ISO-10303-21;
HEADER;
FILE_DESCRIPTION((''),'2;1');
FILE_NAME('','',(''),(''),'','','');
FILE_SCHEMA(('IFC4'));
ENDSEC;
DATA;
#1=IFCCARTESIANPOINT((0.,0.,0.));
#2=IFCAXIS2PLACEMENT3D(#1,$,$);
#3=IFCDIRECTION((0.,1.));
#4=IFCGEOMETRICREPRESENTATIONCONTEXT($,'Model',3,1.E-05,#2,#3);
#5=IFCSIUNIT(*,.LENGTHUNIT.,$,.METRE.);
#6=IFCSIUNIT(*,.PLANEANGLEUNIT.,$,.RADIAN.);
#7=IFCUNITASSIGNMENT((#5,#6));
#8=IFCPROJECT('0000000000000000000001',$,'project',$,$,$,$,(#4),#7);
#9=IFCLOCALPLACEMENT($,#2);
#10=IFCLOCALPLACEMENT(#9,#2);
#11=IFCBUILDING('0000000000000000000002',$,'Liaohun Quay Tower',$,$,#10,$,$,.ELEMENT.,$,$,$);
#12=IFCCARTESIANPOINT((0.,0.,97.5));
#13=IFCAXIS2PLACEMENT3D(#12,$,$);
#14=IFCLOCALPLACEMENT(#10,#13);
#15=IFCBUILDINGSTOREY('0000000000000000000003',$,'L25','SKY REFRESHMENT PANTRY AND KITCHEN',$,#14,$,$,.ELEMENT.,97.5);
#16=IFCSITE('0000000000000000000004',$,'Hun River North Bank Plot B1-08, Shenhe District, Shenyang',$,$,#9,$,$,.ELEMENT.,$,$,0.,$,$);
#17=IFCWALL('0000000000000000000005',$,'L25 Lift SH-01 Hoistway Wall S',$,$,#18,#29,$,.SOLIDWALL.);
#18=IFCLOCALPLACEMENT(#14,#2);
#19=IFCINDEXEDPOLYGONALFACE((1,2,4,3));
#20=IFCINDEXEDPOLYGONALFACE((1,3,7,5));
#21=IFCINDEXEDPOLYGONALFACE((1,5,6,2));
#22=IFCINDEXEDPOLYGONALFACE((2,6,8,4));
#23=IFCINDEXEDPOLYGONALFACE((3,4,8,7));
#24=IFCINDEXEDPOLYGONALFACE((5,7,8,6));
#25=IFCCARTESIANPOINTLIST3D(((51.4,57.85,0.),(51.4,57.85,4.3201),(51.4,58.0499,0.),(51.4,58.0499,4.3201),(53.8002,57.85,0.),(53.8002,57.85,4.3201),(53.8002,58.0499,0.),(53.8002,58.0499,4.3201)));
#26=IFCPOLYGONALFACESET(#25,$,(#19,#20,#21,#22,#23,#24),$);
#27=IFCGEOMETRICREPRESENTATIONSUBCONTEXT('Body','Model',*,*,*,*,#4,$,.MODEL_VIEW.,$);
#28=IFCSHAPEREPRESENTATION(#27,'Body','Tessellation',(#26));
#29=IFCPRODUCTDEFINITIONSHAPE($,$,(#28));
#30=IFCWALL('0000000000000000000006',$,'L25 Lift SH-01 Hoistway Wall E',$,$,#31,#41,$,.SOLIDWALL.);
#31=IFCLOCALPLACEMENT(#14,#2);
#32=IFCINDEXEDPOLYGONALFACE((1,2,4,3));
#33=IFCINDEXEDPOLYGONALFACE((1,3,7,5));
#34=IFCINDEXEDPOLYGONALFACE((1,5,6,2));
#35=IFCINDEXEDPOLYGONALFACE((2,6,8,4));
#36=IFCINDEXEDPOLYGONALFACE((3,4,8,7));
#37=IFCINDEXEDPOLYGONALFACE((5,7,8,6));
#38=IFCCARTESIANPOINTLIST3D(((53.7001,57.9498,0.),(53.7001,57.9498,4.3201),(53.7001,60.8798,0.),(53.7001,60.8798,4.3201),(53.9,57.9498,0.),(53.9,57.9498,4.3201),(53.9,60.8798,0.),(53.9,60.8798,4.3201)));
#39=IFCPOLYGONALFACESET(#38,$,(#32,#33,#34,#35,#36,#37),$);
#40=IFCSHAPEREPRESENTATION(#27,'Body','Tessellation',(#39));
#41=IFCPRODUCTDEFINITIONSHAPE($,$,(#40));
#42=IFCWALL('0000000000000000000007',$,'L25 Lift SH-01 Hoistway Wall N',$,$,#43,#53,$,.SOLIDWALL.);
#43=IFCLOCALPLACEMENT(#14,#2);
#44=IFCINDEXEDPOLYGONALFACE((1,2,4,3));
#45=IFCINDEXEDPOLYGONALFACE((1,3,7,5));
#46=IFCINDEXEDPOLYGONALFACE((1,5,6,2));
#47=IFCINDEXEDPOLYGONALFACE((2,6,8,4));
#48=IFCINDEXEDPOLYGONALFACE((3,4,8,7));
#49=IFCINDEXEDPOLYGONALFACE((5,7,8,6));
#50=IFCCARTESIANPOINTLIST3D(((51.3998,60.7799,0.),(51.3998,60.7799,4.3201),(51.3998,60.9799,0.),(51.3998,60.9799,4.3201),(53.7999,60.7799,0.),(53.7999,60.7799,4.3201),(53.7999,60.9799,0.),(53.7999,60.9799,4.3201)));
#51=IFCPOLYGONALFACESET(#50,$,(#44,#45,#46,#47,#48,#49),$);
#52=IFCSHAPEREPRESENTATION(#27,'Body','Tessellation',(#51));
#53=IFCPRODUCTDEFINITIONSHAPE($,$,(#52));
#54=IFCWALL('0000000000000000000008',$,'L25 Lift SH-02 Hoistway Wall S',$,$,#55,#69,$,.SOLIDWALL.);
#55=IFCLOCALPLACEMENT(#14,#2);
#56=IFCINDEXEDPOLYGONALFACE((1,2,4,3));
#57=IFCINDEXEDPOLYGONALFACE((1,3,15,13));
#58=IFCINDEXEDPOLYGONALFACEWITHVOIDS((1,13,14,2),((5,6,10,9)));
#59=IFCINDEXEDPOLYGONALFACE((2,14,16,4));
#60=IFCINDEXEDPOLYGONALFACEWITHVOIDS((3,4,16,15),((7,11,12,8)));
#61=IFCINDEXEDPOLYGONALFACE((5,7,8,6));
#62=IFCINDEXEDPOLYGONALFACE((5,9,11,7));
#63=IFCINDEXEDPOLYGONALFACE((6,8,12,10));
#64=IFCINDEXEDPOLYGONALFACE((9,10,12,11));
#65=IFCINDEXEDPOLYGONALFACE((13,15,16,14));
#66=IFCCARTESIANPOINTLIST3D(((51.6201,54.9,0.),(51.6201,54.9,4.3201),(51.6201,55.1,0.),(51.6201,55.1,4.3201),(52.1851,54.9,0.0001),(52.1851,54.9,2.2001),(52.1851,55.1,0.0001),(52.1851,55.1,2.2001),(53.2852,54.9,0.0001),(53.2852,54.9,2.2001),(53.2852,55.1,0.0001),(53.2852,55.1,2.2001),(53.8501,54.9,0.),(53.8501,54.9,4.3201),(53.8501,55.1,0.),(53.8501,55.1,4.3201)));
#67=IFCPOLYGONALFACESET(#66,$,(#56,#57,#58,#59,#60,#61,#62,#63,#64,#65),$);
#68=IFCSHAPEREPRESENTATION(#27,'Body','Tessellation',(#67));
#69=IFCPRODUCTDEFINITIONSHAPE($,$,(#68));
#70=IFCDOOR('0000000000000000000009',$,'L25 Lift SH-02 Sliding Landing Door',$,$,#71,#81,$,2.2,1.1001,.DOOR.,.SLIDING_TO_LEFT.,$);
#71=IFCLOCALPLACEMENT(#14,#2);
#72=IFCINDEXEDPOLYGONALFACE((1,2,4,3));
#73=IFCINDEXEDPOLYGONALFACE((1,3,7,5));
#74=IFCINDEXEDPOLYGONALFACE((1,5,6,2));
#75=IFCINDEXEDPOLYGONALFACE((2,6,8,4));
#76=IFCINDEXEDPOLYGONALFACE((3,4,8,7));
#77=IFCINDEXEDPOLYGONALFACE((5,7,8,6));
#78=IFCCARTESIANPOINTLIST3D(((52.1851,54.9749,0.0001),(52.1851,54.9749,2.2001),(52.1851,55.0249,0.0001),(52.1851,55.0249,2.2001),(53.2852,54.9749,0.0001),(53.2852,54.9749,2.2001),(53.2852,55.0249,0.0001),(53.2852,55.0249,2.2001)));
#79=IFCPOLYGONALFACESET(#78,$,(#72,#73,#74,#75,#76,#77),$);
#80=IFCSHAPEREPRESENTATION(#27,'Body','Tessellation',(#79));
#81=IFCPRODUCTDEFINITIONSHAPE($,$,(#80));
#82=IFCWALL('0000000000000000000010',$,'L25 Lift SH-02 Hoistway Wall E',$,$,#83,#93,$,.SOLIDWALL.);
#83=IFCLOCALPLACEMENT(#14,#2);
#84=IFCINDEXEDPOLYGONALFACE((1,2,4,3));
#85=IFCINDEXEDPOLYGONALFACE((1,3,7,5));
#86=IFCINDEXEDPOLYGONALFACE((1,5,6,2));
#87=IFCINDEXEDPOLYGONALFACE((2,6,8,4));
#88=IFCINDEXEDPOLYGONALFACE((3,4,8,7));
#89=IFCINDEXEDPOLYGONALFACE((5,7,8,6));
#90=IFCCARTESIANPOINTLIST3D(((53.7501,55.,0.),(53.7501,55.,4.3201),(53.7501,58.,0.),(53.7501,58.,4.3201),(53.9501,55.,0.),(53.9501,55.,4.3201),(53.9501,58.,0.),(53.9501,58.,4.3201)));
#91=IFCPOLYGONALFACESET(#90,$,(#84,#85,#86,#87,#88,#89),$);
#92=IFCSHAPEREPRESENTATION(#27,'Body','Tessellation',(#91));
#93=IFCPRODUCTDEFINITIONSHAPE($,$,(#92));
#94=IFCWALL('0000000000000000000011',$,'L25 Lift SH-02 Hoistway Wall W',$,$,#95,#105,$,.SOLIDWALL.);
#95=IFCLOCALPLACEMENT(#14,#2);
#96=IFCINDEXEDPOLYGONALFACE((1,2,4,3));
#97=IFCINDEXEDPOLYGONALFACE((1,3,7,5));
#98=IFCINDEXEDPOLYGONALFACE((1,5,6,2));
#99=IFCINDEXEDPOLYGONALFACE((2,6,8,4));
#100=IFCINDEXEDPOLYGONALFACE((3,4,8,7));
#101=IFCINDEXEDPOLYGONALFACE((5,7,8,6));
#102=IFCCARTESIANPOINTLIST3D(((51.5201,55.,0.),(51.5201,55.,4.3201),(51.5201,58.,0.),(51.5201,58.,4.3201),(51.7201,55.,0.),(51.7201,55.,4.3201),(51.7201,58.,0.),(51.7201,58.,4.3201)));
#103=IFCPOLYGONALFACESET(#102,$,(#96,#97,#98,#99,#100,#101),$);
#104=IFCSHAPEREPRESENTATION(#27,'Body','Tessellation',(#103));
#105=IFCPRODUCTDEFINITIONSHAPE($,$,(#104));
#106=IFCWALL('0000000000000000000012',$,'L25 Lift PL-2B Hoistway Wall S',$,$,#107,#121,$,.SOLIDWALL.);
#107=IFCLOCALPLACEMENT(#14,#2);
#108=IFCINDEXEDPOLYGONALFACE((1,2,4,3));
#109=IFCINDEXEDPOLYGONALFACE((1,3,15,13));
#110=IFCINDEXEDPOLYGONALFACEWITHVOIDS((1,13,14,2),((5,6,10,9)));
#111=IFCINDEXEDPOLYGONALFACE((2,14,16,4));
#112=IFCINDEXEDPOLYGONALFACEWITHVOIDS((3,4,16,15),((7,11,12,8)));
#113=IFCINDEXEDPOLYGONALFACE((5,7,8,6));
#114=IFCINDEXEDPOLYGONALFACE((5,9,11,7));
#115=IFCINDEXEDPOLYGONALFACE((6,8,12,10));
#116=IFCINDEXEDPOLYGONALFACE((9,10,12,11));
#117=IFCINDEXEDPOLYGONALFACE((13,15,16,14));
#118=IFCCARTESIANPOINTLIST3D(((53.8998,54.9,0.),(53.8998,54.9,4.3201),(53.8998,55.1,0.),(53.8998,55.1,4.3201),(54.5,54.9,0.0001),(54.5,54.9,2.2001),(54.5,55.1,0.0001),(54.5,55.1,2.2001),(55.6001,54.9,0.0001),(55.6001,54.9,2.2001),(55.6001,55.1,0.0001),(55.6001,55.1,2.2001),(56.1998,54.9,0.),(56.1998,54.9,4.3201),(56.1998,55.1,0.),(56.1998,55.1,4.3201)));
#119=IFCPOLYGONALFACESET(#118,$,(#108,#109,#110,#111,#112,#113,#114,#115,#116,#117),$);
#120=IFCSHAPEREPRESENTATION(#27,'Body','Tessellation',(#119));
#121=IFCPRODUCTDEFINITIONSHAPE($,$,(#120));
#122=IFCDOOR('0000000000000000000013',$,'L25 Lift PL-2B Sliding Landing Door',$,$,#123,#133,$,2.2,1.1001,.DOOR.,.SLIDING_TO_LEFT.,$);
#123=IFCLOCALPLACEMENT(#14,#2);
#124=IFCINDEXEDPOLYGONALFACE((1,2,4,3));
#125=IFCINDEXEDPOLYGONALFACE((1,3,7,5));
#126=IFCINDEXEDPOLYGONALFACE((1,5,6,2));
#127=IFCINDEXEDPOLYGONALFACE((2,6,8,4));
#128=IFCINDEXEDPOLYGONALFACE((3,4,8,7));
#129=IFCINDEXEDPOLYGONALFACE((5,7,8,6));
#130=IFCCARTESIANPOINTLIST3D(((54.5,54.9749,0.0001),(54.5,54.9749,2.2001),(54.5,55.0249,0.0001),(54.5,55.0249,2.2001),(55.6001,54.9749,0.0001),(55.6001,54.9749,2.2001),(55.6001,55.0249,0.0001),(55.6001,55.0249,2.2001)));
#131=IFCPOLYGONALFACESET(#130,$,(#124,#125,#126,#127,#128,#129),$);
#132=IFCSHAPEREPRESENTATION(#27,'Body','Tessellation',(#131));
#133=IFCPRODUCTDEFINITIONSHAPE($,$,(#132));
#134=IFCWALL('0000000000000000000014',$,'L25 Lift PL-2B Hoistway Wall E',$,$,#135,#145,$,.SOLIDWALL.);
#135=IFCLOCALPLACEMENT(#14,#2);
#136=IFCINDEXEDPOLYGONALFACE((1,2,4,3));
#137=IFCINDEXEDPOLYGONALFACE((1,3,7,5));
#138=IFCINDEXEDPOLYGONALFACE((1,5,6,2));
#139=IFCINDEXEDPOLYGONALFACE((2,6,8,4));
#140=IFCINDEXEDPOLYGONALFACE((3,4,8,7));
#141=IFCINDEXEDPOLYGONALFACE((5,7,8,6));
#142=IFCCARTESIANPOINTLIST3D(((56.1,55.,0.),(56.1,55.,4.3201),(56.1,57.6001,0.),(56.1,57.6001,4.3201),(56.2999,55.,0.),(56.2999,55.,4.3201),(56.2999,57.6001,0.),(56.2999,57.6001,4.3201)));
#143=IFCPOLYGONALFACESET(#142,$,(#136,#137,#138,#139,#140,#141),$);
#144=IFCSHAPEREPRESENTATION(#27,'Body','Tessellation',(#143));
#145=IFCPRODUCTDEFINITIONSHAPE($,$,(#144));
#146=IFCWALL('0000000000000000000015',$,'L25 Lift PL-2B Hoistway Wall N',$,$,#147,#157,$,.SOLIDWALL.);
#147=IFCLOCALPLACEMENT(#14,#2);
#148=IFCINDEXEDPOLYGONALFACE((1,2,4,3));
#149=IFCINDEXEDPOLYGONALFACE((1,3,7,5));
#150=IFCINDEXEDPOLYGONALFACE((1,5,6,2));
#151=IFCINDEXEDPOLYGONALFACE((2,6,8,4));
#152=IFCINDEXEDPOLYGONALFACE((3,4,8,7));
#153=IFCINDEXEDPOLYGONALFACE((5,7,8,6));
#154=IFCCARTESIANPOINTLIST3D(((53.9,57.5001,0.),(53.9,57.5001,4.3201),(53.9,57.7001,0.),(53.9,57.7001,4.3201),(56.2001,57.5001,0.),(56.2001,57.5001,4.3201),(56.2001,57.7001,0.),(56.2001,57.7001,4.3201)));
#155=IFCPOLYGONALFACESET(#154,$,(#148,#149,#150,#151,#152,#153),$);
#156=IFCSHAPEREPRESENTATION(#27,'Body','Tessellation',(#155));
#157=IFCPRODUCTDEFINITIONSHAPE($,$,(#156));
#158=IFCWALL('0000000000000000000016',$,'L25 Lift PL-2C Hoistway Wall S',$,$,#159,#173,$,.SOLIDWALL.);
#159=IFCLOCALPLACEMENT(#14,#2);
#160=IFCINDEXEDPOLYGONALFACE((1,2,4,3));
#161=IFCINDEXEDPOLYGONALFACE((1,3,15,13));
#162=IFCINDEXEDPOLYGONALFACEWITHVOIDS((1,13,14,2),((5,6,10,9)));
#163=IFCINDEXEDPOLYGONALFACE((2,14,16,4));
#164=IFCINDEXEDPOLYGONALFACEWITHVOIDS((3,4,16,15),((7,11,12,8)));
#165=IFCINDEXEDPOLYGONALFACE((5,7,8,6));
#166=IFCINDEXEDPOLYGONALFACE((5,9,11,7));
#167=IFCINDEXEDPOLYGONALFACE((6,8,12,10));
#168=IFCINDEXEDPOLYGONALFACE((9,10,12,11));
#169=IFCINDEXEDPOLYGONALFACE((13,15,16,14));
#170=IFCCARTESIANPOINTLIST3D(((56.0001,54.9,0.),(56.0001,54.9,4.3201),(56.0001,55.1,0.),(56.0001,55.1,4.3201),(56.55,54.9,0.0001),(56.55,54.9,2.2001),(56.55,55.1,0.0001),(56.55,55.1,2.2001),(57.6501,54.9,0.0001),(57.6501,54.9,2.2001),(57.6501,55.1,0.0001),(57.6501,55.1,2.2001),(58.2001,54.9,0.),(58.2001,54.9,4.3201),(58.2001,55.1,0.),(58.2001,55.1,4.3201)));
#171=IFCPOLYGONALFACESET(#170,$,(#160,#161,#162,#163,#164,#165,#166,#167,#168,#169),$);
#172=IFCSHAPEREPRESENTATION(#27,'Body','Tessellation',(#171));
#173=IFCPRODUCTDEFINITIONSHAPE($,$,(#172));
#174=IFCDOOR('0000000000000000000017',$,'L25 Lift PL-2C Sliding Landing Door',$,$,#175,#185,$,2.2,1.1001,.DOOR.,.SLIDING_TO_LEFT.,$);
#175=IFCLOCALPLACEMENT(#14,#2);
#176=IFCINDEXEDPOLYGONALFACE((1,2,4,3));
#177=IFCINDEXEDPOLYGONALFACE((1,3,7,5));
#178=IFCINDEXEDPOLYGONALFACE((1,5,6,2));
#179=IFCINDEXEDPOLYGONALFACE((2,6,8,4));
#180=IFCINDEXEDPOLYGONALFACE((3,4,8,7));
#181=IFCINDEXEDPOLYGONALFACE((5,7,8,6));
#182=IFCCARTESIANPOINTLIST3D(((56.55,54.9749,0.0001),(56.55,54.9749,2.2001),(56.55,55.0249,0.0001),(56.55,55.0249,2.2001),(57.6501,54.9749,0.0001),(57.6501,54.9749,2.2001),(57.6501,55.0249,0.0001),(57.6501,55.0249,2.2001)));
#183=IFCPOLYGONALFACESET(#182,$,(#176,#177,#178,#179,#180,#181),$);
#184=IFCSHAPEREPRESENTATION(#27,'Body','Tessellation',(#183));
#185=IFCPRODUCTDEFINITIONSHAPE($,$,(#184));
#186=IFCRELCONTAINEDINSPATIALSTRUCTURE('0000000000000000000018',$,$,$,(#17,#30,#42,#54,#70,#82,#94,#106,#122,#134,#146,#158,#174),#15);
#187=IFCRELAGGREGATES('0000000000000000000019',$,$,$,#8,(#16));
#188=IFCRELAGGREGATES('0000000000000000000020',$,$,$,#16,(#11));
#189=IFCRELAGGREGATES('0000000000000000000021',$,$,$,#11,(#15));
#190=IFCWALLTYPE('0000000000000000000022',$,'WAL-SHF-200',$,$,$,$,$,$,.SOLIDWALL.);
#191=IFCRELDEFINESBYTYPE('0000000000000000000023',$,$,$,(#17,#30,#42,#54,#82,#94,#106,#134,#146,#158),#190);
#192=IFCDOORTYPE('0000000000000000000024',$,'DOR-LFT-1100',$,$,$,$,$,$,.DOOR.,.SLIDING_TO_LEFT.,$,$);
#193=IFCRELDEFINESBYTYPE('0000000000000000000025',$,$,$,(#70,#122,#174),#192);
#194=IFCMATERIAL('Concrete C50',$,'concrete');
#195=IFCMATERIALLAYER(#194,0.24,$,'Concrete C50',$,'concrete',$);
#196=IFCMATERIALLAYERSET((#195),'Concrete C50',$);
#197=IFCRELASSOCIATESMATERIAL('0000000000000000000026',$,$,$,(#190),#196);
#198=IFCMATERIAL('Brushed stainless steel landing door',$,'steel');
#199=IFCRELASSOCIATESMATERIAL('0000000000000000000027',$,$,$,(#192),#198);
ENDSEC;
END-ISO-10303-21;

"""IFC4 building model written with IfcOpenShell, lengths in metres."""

from ifc_helpers import new_model, si_unit, direction, frame, frame_2d, origin, place, context, subcontext, project, spatial, rectangle, extrude, source, transform, mapped, material, layer, layer_set, type_object, element, fill, save


model = new_model("IFC4")

# Units and contexts
model_context = context("Model", 3, precision=1e-05, world=origin(), true_north=direction((0.0, 1.0)))
body_context = subcontext(model_context, "Body", "Model", "MODEL_VIEW")
ifc_project = project(units=[si_unit("LENGTHUNIT", "METRE"), si_unit("PLANEANGLEUNIT", "RADIAN")], contexts=[model_context])

# Site, building, storey
site_placement = place(None, origin())
site = spatial("IfcSite", under=ifc_project, at=site_placement, Name="Hun River North Bank Plot B1-08, Shenhe District, Shenyang", CompositionType="ELEMENT", RefElevation=0.0)
building_placement = place(site_placement, origin())
building = spatial("IfcBuilding", under=site, at=building_placement, Name="Liaohun Quay Tower", CompositionType="ELEMENT")
storey_placement = place(building_placement, frame((0.0, 0.0, 97.5)))
storey = spatial("IfcBuildingStorey", under=building, at=storey_placement, Name="L25", Description="SKY REFRESHMENT PANTRY AND KITCHEN", CompositionType="ELEMENT", Elevation=97.5)

# Shared definitions
ifc_material_1 = material(Name="Concrete C50", Category="concrete")
ifc_layer = layer(ifc_material_1, 0.24, Name="Concrete C50", Category="concrete")
ifc_layer_set = layer_set([ifc_layer], Name="Concrete C50")
wall_type = type_object("IfcWallType", Name="WAL-SHF-200", PredefinedType="SOLIDWALL", material=ifc_layer_set)

# Walls
wall_1_placement = place(storey_placement, frame((51.3999, 57.95, 0.0), z_axis=(0.0, 0.0, 1.0), x_axis=(1.0, 0.0, 0.0)))
element("IfcWall", 1, at=wall_1_placement, inside=storey, type_object=wall_type, Name="L25 Lift SH-01 Hoistway Wall S", PredefinedType="SOLIDWALL", context=body_context, shape_type="SweptSolid", body=[
    extrude(rectangle(XDim=2.4001, YDim=0.2, at=frame_2d((1.2002, 0.0))), origin(), (0.0, 0.0, 1.0), 4.3201),
])
wall_2_placement = place(storey_placement, frame((53.8, 57.95, 0.0), z_axis=(0.0, 0.0, 1.0), x_axis=(0.0, 1.0, 0.0)))
element("IfcWall", 2, at=wall_2_placement, inside=storey, type_object=wall_type, Name="L25 Lift SH-01 Hoistway Wall E", PredefinedType="SOLIDWALL", context=body_context, shape_type="SweptSolid", body=[
    extrude(rectangle(XDim=2.9299, YDim=0.2, at=frame_2d((1.4648, 0.0))), origin(), (0.0, 0.0, 1.0), 4.3201),
])
wall_3_placement = place(storey_placement, frame((53.8, 60.8799, 0.0), z_axis=(0.0, 0.0, 1.0), x_axis=(-1.0, 0.0, 0.0)))
element("IfcWall", 3, at=wall_3_placement, inside=storey, type_object=wall_type, Name="L25 Lift SH-01 Hoistway Wall N", PredefinedType="SOLIDWALL", context=body_context, shape_type="SweptSolid", body=[
    extrude(rectangle(XDim=2.4001, YDim=0.2, at=frame_2d((1.2002, 0.0))), origin(), (0.0, 0.0, 1.0), 4.3201),
])

# Wall, opening, door
wall_4_placement = place(storey_placement, frame((51.6201, 55.0, 0.0), z_axis=(0.0, 0.0, 1.0), x_axis=(1.0, 0.0, 0.0)))
wall_4 = element("IfcWall", 4, at=wall_4_placement, inside=storey, type_object=wall_type, Name="L25 Lift SH-02 Hoistway Wall S", PredefinedType="SOLIDWALL", context=body_context, shape_type="SweptSolid", body=[
    extrude(rectangle(XDim=2.23, YDim=0.2, at=frame_2d((1.115, 0.0))), origin(), (0.0, 0.0, 1.0), 4.3201),
])
shared_shape_1 = source(origin(), body_context, "Body", "SweptSolid", [
    extrude(rectangle(XDim=1.1001, YDim=2.2, at=frame_2d((0.55, 1.1001))), frame((0.0, 0.1099, 0.0), z_axis=(0.0, -1.0, 0.0), x_axis=(1.0, 0.0, 0.0)), (0.0, 0.0, 1.0), 0.22),
])
opening_1_placement = place(wall_4_placement, frame((0.5649, 0.0, 0.0)))
opening_1 = element("IfcOpeningElement", 5, at=opening_1_placement, cuts=wall_4, PredefinedType="OPENING", context=body_context, shape_type="MappedRepresentation", body=[
    mapped(shared_shape_1, transform((0.0, 0.0, 0.0), x_axis=(1.0, 0.0, 0.0), y_axis=(0.0, 1.0, 0.0), z_axis=(0.0, 0.0, 1.0), scale=1.0)),
])
ifc_material_2 = material(Name="Brushed stainless steel landing door", Category="steel")
door_type_1 = type_object("IfcDoorType", Name="DOR-LFT-1100", OperationType="SLIDING_TO_LEFT", PredefinedType="DOOR", material=ifc_material_2)
shared_shape_2 = source(origin(), body_context, "Body", "SweptSolid", [
    extrude(rectangle(XDim=1.1001, YDim=2.2, at=frame_2d((0.55, 1.1001))), frame((0.0, 0.0249, 0.0), z_axis=(0.0, -1.0, 0.0), x_axis=(1.0, 0.0, 0.0)), (0.0, 0.0, 1.0), 0.05),
])
door_1_placement = place(opening_1_placement, origin())
door_1 = element("IfcDoor", 6, at=door_1_placement, inside=storey, type_object=door_type_1, Name="L25 Lift SH-02 Sliding Landing Door", OperationType="SLIDING_TO_LEFT", OverallHeight=2.2, OverallWidth=1.1001, PredefinedType="DOOR", context=body_context, shape_type="MappedRepresentation", body=[
    mapped(shared_shape_2, transform((0.0, 0.0, 0.0), x_axis=(1.0, 0.0, 0.0), y_axis=(0.0, 1.0, 0.0), z_axis=(0.0, 0.0, 1.0), scale=1.0)),
])
fill(opening_1, door_1)

# Walls
for number, where, z_axis, x_axis, name in (
    (7, (53.8501, 55.0, 0.0), (0.0, 0.0, 1.0), (0.0, 1.0, 0.0), "L25 Lift SH-02 Hoistway Wall E"),
    (8, (51.6201, 58.0, 0.0), (0.0, 0.0, 1.0), (0.0, -1.0, 0.0), "L25 Lift SH-02 Hoistway Wall W"),
):
    element("IfcWall", number, at=place(storey_placement, frame(where, z_axis=z_axis, x_axis=x_axis)), inside=storey, type_object=wall_type, Name=name, PredefinedType="SOLIDWALL", context=body_context, shape_type="SweptSolid", body=[
        extrude(rectangle(XDim=3.0, YDim=0.2, at=frame_2d((1.5, 0.0))), origin(), (0.0, 0.0, 1.0), 4.3201),
    ])

# Wall, opening, door
wall_5_placement = place(storey_placement, frame((53.8999, 55.0, 0.0), z_axis=(0.0, 0.0, 1.0), x_axis=(1.0, 0.0, 0.0)))
wall_5 = element("IfcWall", 9, at=wall_5_placement, inside=storey, type_object=wall_type, Name="L25 Lift PL-2B Hoistway Wall S", PredefinedType="SOLIDWALL", context=body_context, shape_type="SweptSolid", body=[
    extrude(rectangle(XDim=2.3, YDim=0.2, at=frame_2d((1.1499, 0.0))), origin(), (0.0, 0.0, 1.0), 4.3201),
])
opening_2_placement = place(wall_5_placement, frame((0.6001, 0.0, 0.0)))
opening_2 = element("IfcOpeningElement", 10, at=opening_2_placement, cuts=wall_5, PredefinedType="OPENING", context=body_context, shape_type="MappedRepresentation", body=[
    mapped(shared_shape_1, transform((0.0, 0.0, 0.0), x_axis=(1.0, 0.0, 0.0), y_axis=(0.0, 1.0, 0.0), z_axis=(0.0, 0.0, 1.0), scale=1.0)),
])
door_2_placement = place(opening_2_placement, origin())
door_2 = element("IfcDoor", 11, at=door_2_placement, inside=storey, type_object=door_type_1, Name="L25 Lift PL-2B Sliding Landing Door", OperationType="SLIDING_TO_LEFT", OverallHeight=2.2, OverallWidth=1.1001, PredefinedType="DOOR", context=body_context, shape_type="MappedRepresentation", body=[
    mapped(shared_shape_2, transform((0.0, 0.0, 0.0), x_axis=(1.0, 0.0, 0.0), y_axis=(0.0, 1.0, 0.0), z_axis=(0.0, 0.0, 1.0), scale=1.0)),
])
fill(opening_2, door_2)

# Walls
wall_6_placement = place(storey_placement, frame((56.2, 55.0, 0.0), z_axis=(0.0, 0.0, 1.0), x_axis=(0.0, 1.0, 0.0)))
element("IfcWall", 12, at=wall_6_placement, inside=storey, type_object=wall_type, Name="L25 Lift PL-2B Hoistway Wall E", PredefinedType="SOLIDWALL", context=body_context, shape_type="SweptSolid", body=[
    extrude(rectangle(XDim=2.6001, YDim=0.2, at=frame_2d((1.3, 0.0))), origin(), (0.0, 0.0, 1.0), 4.3201),
])
wall_7_placement = place(storey_placement, frame((56.2, 57.6001, 0.0), z_axis=(0.0, 0.0, 1.0), x_axis=(-1.0, 0.0, 0.0)))
element("IfcWall", 13, at=wall_7_placement, inside=storey, type_object=wall_type, Name="L25 Lift PL-2B Hoistway Wall N", PredefinedType="SOLIDWALL", context=body_context, shape_type="SweptSolid", body=[
    extrude(rectangle(XDim=2.3, YDim=0.2, at=frame_2d((1.1499, 0.0))), origin(), (0.0, 0.0, 1.0), 4.3201),
])

# Wall, opening, door
wall_8_placement = place(storey_placement, frame((56.0, 55.0, 0.0), z_axis=(0.0, 0.0, 1.0), x_axis=(1.0, 0.0, 0.0)))
wall_8 = element("IfcWall", 14, at=wall_8_placement, inside=storey, type_object=wall_type, Name="L25 Lift PL-2C Hoistway Wall S", PredefinedType="SOLIDWALL", context=body_context, shape_type="SweptSolid", body=[
    extrude(rectangle(XDim=2.2, YDim=0.2, at=frame_2d((1.1001, 0.0))), origin(), (0.0, 0.0, 1.0), 4.3201),
])
opening_3_placement = place(wall_8_placement, frame((0.55, 0.0, 0.0)))
opening_3 = element("IfcOpeningElement", 15, at=opening_3_placement, cuts=wall_8, PredefinedType="OPENING", context=body_context, shape_type="MappedRepresentation", body=[
    mapped(shared_shape_1, transform((0.0, 0.0, 0.0), x_axis=(1.0, 0.0, 0.0), y_axis=(0.0, 1.0, 0.0), z_axis=(0.0, 0.0, 1.0), scale=1.0)),
])
door_3_placement = place(opening_3_placement, origin())
door_3 = element("IfcDoor", 16, at=door_3_placement, inside=storey, type_object=door_type_1, Name="L25 Lift PL-2C Sliding Landing Door", OperationType="SLIDING_TO_LEFT", OverallHeight=2.2, OverallWidth=1.1001, PredefinedType="DOOR", context=body_context, shape_type="MappedRepresentation", body=[
    mapped(shared_shape_2, transform((0.0, 0.0, 0.0), x_axis=(1.0, 0.0, 0.0), y_axis=(0.0, 1.0, 0.0), z_axis=(0.0, 0.0, 1.0), scale=1.0)),
])
fill(opening_3, door_3)

save(model, "model.ifc")
